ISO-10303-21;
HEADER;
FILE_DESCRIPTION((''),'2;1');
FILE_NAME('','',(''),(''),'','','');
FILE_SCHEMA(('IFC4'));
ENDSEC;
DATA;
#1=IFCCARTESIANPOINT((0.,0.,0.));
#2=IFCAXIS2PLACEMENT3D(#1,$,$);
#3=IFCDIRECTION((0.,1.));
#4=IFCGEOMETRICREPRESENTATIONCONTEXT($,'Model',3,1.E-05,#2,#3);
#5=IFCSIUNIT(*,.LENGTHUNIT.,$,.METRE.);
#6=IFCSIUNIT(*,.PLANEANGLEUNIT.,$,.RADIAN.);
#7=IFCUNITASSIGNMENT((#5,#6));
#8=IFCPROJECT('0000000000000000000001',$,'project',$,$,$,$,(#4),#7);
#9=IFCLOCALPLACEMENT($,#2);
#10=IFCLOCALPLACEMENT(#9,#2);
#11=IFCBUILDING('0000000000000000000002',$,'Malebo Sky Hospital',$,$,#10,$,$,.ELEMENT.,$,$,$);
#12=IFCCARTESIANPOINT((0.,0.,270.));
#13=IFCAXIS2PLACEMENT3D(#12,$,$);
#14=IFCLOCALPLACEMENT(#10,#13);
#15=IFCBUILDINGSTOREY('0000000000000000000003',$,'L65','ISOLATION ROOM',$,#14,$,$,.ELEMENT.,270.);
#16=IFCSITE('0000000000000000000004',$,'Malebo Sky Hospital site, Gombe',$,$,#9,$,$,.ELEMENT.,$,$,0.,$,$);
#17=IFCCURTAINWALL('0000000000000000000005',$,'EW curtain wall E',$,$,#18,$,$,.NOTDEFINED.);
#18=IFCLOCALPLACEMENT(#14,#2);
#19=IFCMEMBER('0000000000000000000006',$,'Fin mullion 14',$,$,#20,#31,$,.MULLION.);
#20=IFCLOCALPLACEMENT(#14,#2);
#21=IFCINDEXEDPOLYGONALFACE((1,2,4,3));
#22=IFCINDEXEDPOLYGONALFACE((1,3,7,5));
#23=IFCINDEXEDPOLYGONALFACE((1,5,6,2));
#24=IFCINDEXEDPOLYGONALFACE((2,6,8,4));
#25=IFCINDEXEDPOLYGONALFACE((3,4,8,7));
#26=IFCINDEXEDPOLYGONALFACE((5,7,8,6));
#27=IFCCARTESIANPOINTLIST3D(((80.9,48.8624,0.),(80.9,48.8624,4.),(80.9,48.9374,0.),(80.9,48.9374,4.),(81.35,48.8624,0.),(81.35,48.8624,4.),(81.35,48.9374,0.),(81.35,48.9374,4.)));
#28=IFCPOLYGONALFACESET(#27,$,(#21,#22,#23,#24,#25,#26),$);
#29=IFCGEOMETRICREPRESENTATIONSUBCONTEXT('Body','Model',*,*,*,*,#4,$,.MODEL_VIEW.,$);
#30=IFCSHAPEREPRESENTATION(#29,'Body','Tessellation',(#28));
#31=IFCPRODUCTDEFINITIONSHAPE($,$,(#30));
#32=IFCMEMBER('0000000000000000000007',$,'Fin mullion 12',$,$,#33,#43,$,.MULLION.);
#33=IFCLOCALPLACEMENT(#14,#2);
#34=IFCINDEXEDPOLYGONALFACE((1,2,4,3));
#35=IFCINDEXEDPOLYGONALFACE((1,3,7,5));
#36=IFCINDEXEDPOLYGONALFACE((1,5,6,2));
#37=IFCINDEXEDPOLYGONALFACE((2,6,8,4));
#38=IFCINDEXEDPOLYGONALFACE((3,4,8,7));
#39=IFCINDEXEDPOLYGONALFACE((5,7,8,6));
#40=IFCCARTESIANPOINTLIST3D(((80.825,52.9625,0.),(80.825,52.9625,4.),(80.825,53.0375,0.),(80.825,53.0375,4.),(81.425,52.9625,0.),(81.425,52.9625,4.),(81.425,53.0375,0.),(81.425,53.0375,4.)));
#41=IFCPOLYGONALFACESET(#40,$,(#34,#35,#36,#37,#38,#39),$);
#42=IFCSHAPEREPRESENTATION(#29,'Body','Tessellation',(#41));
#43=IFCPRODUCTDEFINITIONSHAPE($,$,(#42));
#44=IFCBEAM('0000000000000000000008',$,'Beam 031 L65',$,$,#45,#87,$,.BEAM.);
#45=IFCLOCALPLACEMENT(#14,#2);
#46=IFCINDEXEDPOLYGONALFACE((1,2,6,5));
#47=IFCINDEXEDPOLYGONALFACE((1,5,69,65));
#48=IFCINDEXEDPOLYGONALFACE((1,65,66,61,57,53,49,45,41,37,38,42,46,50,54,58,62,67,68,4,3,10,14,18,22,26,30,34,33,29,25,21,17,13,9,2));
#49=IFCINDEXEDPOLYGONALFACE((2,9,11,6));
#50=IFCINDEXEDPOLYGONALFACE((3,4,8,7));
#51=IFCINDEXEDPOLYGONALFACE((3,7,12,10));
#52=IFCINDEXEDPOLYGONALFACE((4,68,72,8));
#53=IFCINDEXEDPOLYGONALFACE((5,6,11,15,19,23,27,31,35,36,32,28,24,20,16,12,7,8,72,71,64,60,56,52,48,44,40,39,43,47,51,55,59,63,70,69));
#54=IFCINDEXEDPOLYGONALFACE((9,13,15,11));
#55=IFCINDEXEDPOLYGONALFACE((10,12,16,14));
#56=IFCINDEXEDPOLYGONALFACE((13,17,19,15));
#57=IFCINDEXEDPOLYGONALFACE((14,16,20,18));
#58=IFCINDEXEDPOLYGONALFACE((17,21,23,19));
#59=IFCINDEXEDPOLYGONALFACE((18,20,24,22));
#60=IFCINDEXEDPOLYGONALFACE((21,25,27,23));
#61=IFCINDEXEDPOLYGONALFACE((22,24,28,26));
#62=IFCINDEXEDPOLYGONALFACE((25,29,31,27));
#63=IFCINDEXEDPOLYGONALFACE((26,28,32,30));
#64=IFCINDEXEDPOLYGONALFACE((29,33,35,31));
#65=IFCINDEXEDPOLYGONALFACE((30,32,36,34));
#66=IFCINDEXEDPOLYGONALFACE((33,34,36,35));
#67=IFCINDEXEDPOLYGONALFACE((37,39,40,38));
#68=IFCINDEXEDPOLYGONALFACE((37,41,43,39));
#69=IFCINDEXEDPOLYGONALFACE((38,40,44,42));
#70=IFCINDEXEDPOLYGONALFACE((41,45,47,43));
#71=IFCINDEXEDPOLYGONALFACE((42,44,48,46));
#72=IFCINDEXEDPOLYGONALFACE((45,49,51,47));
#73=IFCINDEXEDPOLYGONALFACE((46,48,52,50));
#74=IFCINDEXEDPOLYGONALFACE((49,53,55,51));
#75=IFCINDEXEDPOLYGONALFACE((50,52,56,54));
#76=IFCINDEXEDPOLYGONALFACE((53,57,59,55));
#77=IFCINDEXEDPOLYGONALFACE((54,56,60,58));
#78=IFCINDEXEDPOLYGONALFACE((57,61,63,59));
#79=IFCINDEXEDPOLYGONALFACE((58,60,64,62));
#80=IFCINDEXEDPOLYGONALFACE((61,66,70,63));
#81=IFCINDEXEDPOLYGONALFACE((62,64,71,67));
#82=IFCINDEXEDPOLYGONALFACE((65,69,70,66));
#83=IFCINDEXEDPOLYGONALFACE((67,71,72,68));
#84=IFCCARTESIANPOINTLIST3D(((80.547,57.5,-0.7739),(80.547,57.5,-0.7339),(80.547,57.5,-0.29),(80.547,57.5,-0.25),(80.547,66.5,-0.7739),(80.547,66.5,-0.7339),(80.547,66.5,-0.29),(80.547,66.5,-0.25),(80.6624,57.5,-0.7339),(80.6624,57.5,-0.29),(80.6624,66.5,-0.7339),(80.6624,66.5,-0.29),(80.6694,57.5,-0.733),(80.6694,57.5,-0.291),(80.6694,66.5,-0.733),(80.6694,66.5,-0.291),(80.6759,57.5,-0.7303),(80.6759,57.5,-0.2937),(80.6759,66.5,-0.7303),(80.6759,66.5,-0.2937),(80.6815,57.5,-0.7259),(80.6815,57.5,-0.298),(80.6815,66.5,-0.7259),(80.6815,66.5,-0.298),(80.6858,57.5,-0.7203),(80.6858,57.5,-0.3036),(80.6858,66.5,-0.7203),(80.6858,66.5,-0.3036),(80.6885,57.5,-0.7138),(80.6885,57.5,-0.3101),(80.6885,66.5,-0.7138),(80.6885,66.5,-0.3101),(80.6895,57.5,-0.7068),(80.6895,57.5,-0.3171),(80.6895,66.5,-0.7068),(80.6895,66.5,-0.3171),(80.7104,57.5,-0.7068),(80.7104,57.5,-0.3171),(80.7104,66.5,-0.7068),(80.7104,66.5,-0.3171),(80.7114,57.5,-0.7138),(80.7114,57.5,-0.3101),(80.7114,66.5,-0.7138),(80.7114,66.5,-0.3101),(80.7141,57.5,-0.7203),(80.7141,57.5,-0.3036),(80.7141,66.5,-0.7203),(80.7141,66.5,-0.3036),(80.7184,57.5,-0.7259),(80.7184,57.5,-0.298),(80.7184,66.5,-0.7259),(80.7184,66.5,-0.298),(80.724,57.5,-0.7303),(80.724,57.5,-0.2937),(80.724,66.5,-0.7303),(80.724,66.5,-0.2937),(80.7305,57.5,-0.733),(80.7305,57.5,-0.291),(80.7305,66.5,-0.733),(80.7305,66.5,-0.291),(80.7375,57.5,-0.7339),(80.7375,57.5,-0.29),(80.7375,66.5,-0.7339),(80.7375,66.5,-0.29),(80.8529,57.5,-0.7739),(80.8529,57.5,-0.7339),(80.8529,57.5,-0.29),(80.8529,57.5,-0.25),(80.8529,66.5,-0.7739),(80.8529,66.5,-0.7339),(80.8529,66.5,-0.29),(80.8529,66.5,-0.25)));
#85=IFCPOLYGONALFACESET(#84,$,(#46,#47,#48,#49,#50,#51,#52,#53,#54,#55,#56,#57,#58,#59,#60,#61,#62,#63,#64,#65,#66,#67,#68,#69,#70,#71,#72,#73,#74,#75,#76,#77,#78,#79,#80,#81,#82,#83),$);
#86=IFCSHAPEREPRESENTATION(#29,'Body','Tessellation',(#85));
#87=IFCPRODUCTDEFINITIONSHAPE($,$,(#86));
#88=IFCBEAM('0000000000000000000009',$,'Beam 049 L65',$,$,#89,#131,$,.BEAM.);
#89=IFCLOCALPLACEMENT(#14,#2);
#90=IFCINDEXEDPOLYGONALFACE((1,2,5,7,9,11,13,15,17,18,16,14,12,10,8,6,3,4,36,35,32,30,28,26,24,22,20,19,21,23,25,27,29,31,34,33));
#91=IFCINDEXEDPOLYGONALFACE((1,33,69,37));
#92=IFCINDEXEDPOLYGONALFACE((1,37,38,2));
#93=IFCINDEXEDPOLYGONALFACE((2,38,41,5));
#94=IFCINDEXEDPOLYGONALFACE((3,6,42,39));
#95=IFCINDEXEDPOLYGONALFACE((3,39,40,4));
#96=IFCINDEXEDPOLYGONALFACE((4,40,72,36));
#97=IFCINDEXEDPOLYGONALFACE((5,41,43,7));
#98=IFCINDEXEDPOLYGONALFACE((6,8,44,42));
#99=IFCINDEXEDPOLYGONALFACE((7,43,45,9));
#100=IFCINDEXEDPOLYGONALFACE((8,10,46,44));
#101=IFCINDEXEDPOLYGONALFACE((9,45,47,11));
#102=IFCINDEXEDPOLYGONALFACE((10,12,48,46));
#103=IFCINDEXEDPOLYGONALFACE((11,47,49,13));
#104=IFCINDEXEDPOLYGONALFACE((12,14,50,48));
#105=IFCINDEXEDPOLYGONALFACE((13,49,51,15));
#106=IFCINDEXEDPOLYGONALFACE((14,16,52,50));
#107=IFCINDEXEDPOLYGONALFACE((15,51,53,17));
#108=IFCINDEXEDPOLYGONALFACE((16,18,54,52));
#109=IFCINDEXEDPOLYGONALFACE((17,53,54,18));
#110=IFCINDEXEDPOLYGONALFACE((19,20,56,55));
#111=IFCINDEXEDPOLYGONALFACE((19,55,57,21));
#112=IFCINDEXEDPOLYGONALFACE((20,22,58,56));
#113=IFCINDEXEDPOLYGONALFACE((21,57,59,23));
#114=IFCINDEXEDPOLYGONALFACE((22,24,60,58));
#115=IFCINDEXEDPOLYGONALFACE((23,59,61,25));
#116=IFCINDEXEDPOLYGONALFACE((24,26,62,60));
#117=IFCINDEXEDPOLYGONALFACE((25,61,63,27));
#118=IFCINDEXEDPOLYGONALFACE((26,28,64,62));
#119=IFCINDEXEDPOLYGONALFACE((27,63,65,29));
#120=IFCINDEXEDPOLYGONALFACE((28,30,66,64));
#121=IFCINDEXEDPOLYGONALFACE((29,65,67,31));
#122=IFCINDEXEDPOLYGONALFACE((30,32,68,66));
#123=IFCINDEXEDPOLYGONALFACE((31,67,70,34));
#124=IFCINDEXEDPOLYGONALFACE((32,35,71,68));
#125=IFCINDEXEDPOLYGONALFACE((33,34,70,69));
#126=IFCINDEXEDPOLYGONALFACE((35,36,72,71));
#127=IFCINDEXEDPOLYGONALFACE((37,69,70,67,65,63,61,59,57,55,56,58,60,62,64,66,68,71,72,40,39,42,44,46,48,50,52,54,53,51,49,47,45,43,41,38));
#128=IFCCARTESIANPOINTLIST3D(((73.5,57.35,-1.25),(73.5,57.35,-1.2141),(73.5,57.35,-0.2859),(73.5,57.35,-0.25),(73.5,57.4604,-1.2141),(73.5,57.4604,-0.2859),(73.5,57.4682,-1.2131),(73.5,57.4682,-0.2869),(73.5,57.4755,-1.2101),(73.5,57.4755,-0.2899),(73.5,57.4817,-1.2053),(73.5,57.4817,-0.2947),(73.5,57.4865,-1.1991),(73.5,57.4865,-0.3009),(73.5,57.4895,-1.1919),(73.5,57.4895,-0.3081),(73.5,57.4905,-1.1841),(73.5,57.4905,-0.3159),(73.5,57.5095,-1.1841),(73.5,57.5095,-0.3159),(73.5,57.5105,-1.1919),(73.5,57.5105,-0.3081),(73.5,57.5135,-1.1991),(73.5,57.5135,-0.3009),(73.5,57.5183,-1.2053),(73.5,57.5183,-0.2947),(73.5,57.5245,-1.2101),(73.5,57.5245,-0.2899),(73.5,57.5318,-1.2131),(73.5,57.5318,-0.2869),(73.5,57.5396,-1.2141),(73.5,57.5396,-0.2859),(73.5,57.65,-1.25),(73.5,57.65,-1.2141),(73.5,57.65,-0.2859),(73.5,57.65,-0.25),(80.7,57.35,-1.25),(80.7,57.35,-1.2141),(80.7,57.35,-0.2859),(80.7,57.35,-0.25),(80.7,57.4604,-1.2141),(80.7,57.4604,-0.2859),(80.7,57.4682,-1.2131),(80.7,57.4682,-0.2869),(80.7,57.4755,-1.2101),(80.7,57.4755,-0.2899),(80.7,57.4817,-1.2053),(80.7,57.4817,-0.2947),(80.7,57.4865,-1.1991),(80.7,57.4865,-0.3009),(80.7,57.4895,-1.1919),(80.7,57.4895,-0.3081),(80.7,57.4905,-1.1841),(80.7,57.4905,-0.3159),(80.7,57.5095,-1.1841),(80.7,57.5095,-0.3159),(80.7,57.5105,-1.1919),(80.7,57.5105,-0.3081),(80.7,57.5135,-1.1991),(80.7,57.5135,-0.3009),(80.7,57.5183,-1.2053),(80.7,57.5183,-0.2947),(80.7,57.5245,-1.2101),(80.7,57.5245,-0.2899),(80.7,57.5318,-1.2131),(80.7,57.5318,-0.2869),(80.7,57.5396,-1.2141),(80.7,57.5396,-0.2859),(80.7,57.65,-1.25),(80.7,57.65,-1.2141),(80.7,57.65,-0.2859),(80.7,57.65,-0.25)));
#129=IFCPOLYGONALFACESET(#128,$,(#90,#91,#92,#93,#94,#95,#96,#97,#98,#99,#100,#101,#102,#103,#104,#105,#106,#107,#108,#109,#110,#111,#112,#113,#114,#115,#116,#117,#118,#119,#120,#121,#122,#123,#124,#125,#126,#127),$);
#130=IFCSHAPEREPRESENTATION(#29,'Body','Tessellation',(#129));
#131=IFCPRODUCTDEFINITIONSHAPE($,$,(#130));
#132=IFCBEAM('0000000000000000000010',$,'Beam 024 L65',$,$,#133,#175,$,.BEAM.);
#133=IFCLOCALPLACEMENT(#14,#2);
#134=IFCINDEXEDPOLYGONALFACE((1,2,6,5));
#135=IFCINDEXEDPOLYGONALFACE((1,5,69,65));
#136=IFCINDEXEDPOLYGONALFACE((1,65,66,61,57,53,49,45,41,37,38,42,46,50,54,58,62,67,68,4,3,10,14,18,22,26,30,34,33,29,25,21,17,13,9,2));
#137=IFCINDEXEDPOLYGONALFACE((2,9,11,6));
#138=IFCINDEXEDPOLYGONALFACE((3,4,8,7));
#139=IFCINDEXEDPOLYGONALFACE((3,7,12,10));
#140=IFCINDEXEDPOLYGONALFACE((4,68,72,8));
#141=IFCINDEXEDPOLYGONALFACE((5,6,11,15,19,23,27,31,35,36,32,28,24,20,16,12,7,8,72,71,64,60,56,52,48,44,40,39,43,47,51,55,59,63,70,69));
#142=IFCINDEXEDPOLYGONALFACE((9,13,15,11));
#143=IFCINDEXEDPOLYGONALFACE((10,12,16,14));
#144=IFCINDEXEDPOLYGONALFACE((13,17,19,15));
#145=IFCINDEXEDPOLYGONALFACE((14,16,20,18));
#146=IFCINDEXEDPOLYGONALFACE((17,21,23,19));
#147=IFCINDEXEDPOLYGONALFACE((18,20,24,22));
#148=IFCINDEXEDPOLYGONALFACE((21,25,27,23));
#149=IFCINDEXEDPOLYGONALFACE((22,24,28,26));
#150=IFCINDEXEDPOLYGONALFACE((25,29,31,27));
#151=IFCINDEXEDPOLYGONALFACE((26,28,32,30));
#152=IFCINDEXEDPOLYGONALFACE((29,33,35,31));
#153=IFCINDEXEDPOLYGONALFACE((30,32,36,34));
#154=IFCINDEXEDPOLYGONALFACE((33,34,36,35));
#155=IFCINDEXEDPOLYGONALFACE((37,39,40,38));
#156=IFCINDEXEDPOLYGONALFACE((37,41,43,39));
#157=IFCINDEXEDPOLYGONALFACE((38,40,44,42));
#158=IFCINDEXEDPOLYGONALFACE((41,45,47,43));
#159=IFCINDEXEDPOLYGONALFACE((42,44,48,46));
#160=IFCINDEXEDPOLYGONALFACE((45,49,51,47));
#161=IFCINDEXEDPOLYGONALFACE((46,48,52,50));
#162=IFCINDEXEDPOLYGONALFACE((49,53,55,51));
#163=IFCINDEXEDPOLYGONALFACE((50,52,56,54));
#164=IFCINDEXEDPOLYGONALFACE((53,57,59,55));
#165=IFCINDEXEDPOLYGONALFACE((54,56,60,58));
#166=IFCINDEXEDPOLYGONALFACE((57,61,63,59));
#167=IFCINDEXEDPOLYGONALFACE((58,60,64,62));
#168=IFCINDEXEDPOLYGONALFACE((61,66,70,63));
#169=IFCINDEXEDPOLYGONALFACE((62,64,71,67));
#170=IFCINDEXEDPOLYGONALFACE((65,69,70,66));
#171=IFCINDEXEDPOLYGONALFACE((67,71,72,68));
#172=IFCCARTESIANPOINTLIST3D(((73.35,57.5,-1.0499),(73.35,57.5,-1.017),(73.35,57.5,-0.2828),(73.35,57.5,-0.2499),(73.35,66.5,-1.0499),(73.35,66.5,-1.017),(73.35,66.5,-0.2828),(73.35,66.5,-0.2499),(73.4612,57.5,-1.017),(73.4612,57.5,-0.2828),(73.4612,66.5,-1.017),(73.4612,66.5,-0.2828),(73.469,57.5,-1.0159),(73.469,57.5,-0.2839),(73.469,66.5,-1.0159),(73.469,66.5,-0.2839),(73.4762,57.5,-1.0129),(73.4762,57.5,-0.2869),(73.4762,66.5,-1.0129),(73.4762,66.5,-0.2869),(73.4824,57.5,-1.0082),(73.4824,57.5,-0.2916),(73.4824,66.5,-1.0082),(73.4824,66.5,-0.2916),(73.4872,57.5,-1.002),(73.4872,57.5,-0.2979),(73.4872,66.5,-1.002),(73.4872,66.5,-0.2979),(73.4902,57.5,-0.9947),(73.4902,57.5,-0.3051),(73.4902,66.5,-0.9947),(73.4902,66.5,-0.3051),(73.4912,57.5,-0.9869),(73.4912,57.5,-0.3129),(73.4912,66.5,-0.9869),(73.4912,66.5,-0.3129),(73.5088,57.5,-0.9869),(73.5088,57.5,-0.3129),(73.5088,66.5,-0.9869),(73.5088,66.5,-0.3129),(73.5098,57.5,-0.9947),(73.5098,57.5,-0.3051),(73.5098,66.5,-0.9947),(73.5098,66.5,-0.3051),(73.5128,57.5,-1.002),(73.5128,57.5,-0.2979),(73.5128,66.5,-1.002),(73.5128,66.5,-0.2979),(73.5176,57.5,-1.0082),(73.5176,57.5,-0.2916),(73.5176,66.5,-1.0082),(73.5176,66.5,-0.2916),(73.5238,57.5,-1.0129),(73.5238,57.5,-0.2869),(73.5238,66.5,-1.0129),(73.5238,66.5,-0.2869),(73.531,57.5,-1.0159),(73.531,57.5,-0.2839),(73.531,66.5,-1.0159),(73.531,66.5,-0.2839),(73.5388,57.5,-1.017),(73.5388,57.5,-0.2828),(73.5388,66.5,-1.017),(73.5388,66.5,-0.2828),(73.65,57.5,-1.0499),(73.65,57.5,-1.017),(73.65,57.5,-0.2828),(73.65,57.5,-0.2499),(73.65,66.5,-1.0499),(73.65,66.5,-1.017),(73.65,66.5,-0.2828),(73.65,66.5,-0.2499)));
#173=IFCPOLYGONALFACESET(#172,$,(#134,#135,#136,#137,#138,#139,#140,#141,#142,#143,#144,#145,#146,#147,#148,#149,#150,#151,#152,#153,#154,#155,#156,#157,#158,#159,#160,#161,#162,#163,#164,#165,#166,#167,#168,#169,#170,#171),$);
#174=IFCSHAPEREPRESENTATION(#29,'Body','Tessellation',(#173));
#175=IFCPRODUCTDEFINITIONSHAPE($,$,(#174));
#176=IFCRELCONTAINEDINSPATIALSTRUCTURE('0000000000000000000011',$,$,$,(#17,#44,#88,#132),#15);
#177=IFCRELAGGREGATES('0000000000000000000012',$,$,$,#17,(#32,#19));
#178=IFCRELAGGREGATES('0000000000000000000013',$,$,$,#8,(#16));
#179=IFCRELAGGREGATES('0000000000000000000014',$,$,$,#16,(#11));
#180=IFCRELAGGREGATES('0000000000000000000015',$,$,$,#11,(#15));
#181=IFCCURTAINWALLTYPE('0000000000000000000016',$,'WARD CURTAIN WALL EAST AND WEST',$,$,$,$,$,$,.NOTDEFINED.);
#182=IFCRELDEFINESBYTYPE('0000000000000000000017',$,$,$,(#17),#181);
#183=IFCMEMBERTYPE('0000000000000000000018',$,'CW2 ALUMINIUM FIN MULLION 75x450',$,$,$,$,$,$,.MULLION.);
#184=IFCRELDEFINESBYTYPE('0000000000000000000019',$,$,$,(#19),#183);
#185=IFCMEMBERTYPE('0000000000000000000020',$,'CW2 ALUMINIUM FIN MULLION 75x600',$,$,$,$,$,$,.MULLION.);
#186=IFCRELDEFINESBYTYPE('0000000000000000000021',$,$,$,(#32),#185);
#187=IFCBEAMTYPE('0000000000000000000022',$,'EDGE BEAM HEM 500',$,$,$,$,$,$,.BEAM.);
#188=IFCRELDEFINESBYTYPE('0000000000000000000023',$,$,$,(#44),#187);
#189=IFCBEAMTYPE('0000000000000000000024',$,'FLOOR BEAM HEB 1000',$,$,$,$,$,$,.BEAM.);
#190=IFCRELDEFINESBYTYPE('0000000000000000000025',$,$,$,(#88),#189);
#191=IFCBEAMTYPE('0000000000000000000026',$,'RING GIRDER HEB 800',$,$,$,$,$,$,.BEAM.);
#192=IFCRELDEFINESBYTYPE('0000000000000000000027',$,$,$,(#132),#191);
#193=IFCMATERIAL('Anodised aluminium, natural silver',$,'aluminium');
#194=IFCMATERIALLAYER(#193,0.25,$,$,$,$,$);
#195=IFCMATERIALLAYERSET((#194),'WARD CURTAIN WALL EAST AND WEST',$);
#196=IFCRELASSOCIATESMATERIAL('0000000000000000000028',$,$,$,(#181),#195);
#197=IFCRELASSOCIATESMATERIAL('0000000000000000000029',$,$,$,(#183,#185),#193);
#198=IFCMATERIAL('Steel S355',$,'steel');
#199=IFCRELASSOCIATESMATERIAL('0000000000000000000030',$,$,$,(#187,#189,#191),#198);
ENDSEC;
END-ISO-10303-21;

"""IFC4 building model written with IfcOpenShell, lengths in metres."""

from ifc_helpers import new_model, si_unit, direction, frame, origin, origin_2d, place, context, subcontext, project, spatial, rectangle, i_section, extrude, material, layer, layer_set, material_profile, profile_set, type_object, element, aggregate, save


model = new_model("IFC4")

# Units and contexts
model_context = context("Model", 3, precision=1e-05, world=origin(), true_north=direction((0.0, 1.0)))
body_context = subcontext(model_context, "Body", "Model", "MODEL_VIEW")
ifc_project = project(units=[si_unit("LENGTHUNIT", "METRE"), si_unit("PLANEANGLEUNIT", "RADIAN")], contexts=[model_context])

# Site, building, storey
site_placement = place(None, origin())
site = spatial("IfcSite", under=ifc_project, at=site_placement, Name="Malebo Sky Hospital site, Gombe", CompositionType="ELEMENT", RefElevation=0.0)
building_placement = place(site_placement, origin())
building = spatial("IfcBuilding", under=site, at=building_placement, Name="Malebo Sky Hospital", CompositionType="ELEMENT")
storey_placement = place(building_placement, frame((0.0, 0.0, 270.0)))
storey = spatial("IfcBuildingStorey", under=building, at=storey_placement, Name="L65", Description="ISOLATION ROOM", CompositionType="ELEMENT", Elevation=270.0)

# Curtain wall
ifc_material_1 = material(Name="Anodised aluminium, natural silver", Category="aluminium")
ifc_layer_1 = layer(ifc_material_1, 0.25)
ifc_layer_set_1 = layer_set([ifc_layer_1], Name="WARD CURTAIN WALL EAST AND WEST")
curtain_wall_type = type_object("IfcCurtainWallType", Name="WARD CURTAIN WALL EAST AND WEST", PredefinedType="NOTDEFINED", material=ifc_layer_set_1)
curtain_wall_placement = place(storey_placement, origin())
curtain_wall = element("IfcCurtainWall", 1, at=curtain_wall_placement, inside=storey, type_object=curtain_wall_type, Name="EW curtain wall E", PredefinedType="NOTDEFINED")

# Members
ifc_material_2 = material(Name="Steel S355", Category="steel")
ifc_material_profile_1 = material_profile(ifc_material_1, rectangle(XDim=0.075, YDim=0.45, at=origin_2d()), Name="CW2 ALUMINIUM FIN MULLION 75x450")
ifc_profile_set_1 = profile_set([ifc_material_profile_1], Name="Anodised aluminium, natural silver")
member_type_1 = type_object("IfcMemberType", Name="CW2 ALUMINIUM FIN MULLION 75x450", PredefinedType="MULLION", material=ifc_profile_set_1)
member_1_placement = place(storey_placement, frame((81.125, 48.8999, 0.0), z_axis=(0.0, 0.0, 1.0), x_axis=(0.0, -1.0, 0.0)))
member_1 = element("IfcMember", 2, at=member_1_placement, type_object=member_type_1, Name="Fin mullion 14", PredefinedType="MULLION", context=body_context, shape_type="SweptSolid", body=[
    extrude(rectangle(XDim=0.075, YDim=0.45, at=origin_2d()), origin(), (0.0, 0.0, 1.0), 4.0),
])
ifc_material_profile_2 = material_profile(ifc_material_1, rectangle(XDim=0.075, YDim=0.6001, at=origin_2d()), Name="CW2 ALUMINIUM FIN MULLION 75x600")
ifc_profile_set_2 = profile_set([ifc_material_profile_2], Name="Anodised aluminium, natural silver")
member_type_2 = type_object("IfcMemberType", Name="CW2 ALUMINIUM FIN MULLION 75x600", PredefinedType="MULLION", material=ifc_profile_set_2)
member_2_placement = place(storey_placement, frame((81.125, 53.0, 0.0), z_axis=(0.0, 0.0, 1.0), x_axis=(0.0, -1.0, 0.0)))
member_2 = element("IfcMember", 3, at=member_2_placement, type_object=member_type_2, Name="Fin mullion 12", PredefinedType="MULLION", context=body_context, shape_type="SweptSolid", body=[
    extrude(rectangle(XDim=0.075, YDim=0.6001, at=origin_2d()), origin(), (0.0, 0.0, 1.0), 4.0),
])

# Beams
ifc_material_profile_3 = material_profile(ifc_material_2, i_section(OverallWidth=0.3059, OverallDepth=0.5239, WebThickness=0.021, FlangeThickness=0.04, FilletRadius=0.0271, at=origin_2d()), Name="HEM 500")
ifc_profile_set_3 = profile_set([ifc_material_profile_3], Name="Steel S355")
beam_type_1 = type_object("IfcBeamType", Name="EDGE BEAM HEM 500", PredefinedType="BEAM", material=ifc_profile_set_3)
beam_1_placement = place(storey_placement, frame((80.7, 57.5, -0.512), z_axis=(0.0, 1.0, 0.0), x_axis=(-1.0, 0.0, 0.0)))
element("IfcBeam", 4, at=beam_1_placement, inside=storey, type_object=beam_type_1, Name="Beam 031 L65", PredefinedType="BEAM", context=body_context, shape_type="SweptSolid", body=[
    extrude(i_section(OverallWidth=0.3059, OverallDepth=0.5239, WebThickness=0.021, FlangeThickness=0.04, FilletRadius=0.0271, at=origin_2d()), origin(), (0.0, 0.0, 1.0), 9.0),
])
ifc_material_profile_4 = material_profile(ifc_material_2, i_section(OverallWidth=0.3, OverallDepth=1.0, WebThickness=0.019, FlangeThickness=0.0359, FilletRadius=0.03, at=origin_2d()), Name="HEB 1000")
ifc_profile_set_4 = profile_set([ifc_material_profile_4], Name="Steel S355")
beam_type_2 = type_object("IfcBeamType", Name="FLOOR BEAM HEB 1000", PredefinedType="BEAM", material=ifc_profile_set_4)
beam_2_placement = place(storey_placement, frame((73.5, 57.5, -0.75), z_axis=(1.0, 0.0, 0.0), x_axis=(0.0, 1.0, 0.0)))
element("IfcBeam", 5, at=beam_2_placement, inside=storey, type_object=beam_type_2, Name="Beam 049 L65", PredefinedType="BEAM", context=body_context, shape_type="SweptSolid", body=[
    extrude(i_section(OverallWidth=0.3, OverallDepth=1.0, WebThickness=0.019, FlangeThickness=0.0359, FilletRadius=0.03, at=origin_2d()), origin(), (0.0, 0.0, 1.0), 7.2),
])
ifc_material_profile_5 = material_profile(ifc_material_2, i_section(OverallWidth=0.3, OverallDepth=0.8, WebThickness=0.0176, FlangeThickness=0.033, FilletRadius=0.03, at=origin_2d()), Name="HEB 800")
ifc_profile_set_5 = profile_set([ifc_material_profile_5], Name="Steel S355")
beam_type_3 = type_object("IfcBeamType", Name="RING GIRDER HEB 800", PredefinedType="BEAM", material=ifc_profile_set_5)
beam_3_placement = place(storey_placement, frame((73.5, 57.5, -0.6499), z_axis=(0.0, 1.0, 0.0), x_axis=(-1.0, 0.0, 0.0)))
element("IfcBeam", 6, at=beam_3_placement, inside=storey, type_object=beam_type_3, Name="Beam 024 L65", PredefinedType="BEAM", context=body_context, shape_type="SweptSolid", body=[
    extrude(i_section(OverallWidth=0.3, OverallDepth=0.8, WebThickness=0.0176, FlangeThickness=0.033, FilletRadius=0.03, at=origin_2d()), origin(), (0.0, 0.0, 1.0), 9.0),
])

aggregate(curtain_wall, [member_2, member_1])

save(model, "model.ifc")
